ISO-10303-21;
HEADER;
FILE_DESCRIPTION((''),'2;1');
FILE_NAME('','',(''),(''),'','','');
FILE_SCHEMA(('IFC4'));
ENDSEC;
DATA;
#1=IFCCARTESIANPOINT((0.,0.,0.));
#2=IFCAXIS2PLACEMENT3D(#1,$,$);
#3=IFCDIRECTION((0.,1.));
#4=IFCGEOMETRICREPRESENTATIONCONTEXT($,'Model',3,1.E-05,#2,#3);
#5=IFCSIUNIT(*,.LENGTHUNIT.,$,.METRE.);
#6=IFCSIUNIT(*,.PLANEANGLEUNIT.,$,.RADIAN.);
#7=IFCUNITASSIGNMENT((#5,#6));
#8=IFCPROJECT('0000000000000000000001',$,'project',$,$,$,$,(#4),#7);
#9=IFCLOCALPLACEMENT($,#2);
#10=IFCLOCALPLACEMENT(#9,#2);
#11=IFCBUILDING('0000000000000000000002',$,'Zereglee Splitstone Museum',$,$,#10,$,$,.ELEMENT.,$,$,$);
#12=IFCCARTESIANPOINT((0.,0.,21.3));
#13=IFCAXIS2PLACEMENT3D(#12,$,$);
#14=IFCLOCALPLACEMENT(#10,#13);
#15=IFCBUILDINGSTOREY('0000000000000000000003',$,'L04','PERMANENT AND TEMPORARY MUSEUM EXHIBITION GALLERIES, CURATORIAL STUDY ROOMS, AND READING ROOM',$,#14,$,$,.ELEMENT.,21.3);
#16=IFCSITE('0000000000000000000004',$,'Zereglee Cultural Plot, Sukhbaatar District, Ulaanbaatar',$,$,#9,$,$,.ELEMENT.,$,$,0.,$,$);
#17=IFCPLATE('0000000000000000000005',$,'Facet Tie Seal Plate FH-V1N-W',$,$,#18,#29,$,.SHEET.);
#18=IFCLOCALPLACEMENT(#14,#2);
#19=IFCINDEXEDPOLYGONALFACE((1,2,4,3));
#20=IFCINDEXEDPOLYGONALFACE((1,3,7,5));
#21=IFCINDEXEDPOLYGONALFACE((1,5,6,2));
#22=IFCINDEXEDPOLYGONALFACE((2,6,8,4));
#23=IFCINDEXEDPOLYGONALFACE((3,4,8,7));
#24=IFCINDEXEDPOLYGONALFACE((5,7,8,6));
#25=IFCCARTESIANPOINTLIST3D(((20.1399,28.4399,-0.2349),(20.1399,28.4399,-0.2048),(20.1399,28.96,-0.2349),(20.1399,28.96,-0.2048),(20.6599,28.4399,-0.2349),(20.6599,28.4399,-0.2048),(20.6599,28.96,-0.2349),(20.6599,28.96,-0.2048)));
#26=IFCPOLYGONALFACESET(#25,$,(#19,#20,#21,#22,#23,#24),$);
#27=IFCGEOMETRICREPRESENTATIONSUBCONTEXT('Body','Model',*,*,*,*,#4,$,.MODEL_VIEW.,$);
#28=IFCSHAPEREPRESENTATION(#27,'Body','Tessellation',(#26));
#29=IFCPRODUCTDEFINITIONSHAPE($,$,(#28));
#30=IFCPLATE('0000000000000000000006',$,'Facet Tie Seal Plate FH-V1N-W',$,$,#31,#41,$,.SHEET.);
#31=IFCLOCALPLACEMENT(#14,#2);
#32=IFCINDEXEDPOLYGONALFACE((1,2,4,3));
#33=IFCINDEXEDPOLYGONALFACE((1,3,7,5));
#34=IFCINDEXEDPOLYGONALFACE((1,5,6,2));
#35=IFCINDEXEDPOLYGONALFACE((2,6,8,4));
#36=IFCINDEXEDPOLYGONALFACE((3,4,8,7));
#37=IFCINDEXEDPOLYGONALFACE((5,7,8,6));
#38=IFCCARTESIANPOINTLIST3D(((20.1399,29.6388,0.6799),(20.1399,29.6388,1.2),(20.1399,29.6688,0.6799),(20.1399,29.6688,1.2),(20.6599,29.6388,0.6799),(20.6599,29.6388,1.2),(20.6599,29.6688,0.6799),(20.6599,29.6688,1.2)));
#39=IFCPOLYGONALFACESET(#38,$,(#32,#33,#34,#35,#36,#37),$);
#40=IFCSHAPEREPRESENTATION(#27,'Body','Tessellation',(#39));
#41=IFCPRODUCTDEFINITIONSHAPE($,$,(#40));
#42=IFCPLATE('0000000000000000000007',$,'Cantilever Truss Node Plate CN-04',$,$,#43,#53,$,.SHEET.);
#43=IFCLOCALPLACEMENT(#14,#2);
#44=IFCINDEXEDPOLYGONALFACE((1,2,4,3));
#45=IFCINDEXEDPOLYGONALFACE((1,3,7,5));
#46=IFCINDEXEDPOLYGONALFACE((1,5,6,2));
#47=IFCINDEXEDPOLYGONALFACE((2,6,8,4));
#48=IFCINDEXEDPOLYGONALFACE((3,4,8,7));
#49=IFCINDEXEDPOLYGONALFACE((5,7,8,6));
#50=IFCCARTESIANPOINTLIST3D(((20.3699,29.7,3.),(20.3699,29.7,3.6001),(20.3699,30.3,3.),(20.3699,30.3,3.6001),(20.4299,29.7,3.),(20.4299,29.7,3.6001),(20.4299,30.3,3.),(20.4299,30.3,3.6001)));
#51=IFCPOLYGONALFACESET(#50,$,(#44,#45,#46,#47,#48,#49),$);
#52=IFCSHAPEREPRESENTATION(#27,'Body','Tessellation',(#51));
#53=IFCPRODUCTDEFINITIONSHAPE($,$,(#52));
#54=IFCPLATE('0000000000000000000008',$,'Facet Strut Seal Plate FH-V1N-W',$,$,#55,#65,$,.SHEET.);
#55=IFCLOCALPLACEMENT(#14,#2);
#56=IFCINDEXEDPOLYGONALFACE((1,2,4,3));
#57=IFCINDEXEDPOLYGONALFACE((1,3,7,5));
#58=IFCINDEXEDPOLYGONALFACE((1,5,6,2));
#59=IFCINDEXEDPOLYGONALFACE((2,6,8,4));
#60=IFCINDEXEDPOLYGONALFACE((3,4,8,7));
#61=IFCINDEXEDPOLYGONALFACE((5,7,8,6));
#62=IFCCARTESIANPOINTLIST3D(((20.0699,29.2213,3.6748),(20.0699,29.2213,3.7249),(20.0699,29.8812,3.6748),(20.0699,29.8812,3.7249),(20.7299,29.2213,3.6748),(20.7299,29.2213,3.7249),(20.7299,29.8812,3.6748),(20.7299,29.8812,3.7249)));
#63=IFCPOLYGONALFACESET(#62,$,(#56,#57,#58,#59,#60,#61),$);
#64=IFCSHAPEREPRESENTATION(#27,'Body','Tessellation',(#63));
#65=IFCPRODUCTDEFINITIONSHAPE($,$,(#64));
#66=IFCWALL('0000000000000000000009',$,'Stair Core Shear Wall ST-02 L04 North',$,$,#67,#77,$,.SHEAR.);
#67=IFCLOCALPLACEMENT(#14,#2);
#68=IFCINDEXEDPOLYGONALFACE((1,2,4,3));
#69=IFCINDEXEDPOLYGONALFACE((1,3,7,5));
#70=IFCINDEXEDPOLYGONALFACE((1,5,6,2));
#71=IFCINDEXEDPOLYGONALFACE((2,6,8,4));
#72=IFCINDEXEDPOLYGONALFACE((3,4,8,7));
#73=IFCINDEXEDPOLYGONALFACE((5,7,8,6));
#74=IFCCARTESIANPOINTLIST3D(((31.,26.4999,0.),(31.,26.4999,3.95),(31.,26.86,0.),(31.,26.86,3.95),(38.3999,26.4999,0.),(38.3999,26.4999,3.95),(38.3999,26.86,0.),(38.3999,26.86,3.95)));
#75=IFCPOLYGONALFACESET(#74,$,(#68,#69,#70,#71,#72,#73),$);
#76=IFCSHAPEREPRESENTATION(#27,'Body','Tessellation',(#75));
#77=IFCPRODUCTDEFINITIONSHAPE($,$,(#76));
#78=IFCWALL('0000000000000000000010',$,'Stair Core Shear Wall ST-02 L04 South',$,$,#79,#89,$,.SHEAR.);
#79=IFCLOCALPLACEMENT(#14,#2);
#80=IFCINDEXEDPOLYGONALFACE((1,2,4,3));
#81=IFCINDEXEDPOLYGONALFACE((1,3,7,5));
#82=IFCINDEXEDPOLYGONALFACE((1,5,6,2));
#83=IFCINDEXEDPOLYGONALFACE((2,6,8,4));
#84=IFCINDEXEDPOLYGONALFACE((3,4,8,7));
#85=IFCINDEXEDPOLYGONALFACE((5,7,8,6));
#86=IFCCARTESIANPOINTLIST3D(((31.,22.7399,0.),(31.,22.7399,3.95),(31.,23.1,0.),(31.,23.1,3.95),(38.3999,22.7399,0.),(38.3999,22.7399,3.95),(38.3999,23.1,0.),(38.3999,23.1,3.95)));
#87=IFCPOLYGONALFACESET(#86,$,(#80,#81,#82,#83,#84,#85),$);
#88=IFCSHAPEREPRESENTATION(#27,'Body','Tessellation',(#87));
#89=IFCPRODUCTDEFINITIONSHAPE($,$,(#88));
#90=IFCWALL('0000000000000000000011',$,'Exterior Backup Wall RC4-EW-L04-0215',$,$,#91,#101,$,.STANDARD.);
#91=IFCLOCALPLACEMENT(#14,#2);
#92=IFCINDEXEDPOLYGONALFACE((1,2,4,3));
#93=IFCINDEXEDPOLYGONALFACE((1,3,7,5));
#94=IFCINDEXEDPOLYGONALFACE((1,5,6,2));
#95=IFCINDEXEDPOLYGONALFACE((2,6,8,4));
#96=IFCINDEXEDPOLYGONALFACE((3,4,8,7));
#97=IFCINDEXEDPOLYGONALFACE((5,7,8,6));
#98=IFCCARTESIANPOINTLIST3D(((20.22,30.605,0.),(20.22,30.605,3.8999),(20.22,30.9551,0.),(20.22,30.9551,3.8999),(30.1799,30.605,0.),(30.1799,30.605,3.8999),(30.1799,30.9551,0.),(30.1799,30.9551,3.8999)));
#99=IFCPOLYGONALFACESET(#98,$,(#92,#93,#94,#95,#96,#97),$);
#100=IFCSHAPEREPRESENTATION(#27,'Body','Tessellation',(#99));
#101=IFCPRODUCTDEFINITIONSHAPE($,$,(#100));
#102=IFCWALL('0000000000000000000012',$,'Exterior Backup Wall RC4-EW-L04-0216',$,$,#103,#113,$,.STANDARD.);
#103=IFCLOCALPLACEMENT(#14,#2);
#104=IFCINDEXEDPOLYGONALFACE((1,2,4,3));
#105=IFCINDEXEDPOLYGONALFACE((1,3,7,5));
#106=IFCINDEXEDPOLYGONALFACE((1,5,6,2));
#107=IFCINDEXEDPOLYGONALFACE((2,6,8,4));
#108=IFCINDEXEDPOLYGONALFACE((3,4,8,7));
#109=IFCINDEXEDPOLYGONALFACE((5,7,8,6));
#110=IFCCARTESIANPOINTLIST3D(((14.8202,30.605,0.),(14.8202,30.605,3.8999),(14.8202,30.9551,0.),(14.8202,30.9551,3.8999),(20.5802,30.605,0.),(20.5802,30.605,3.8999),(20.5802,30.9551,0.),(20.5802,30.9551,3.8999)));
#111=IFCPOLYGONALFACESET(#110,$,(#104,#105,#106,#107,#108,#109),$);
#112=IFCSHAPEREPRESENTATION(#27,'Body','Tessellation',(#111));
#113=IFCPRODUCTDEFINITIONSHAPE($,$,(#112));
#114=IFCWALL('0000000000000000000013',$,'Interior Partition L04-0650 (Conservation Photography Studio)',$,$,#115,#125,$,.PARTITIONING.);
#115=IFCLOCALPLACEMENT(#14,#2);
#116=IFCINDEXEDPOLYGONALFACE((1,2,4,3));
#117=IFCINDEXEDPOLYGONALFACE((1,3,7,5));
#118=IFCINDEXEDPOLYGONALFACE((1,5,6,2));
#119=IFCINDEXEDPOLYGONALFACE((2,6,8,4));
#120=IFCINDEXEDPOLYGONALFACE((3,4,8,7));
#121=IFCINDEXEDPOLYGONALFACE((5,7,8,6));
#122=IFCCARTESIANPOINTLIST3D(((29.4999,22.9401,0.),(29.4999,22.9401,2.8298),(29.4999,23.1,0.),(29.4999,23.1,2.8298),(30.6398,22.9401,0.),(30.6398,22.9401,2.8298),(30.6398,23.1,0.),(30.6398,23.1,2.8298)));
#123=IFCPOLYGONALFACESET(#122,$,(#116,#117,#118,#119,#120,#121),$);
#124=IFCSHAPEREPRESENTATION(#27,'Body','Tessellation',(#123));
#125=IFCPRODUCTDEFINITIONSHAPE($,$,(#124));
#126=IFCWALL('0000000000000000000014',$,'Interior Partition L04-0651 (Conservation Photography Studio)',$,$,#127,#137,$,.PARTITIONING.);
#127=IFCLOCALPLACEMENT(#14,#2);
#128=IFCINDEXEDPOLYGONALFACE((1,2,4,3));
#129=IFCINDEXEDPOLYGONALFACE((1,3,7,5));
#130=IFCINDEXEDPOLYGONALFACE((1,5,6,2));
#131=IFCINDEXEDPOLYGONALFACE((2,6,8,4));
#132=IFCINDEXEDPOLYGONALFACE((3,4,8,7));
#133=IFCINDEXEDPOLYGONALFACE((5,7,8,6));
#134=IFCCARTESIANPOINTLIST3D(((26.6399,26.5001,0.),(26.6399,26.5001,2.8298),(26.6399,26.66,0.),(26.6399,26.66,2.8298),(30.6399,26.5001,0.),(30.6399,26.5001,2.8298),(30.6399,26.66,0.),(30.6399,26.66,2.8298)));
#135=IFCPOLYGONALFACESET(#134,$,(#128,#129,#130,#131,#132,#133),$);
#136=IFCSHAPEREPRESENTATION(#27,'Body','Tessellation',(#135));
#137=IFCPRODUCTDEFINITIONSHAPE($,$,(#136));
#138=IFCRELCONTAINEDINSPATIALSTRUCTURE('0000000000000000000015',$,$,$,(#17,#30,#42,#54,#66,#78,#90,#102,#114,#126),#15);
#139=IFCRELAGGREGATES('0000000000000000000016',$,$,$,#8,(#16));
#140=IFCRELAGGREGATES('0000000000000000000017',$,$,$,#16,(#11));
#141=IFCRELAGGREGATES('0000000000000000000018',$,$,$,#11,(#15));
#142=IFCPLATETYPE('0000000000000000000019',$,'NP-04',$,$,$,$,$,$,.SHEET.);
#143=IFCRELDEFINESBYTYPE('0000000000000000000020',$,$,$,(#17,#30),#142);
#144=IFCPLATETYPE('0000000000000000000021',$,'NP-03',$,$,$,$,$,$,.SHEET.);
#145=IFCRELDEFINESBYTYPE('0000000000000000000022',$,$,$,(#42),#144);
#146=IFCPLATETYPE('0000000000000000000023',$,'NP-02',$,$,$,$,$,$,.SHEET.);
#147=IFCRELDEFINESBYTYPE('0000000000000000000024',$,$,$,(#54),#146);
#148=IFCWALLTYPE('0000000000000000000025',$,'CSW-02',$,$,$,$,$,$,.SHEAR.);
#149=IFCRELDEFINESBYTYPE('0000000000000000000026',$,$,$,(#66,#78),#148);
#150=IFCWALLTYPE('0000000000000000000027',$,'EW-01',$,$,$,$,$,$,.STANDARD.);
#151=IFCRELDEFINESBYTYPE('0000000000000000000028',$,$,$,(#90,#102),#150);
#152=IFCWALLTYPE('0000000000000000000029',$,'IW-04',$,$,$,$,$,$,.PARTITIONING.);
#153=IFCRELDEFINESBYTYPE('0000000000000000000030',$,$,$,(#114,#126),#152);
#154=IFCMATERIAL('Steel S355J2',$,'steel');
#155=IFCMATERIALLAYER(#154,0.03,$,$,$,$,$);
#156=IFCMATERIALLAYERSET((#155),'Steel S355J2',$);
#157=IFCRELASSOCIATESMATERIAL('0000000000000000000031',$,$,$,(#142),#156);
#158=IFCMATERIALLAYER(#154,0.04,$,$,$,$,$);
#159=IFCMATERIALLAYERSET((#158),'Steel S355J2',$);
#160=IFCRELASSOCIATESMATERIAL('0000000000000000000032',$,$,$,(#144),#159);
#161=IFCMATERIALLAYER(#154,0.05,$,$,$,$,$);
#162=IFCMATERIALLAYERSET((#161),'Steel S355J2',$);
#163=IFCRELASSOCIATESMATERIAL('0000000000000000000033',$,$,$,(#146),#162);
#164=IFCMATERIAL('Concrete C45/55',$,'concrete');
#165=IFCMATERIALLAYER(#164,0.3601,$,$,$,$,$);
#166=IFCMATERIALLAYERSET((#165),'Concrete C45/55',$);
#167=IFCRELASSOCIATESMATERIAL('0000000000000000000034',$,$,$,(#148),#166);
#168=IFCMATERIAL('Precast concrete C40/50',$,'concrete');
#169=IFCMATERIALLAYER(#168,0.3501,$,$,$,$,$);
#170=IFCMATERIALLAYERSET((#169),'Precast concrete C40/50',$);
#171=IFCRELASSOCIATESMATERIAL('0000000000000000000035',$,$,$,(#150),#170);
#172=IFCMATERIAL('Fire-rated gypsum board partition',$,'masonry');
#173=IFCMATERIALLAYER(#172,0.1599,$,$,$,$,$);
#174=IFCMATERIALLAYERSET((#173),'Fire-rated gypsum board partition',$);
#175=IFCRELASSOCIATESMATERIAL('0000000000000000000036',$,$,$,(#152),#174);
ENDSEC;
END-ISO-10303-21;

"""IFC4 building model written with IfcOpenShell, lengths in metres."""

from ifc_helpers import new_model, si_unit, direction, frame, frame_2d, origin, origin_2d, place, context, subcontext, project, spatial, rectangle, extrude, material, layer, layer_set, type_object, element, save


model = new_model("IFC4")

# Units and contexts
model_context = context("Model", 3, precision=1e-05, world=origin(), true_north=direction((0.0, 1.0)))
body_context = subcontext(model_context, "Body", "Model", "MODEL_VIEW")
ifc_project = project(units=[si_unit("LENGTHUNIT", "METRE"), si_unit("PLANEANGLEUNIT", "RADIAN")], contexts=[model_context])

# Site, building, storey
site_placement = place(None, origin())
site = spatial("IfcSite", under=ifc_project, at=site_placement, Name="Zereglee Cultural Plot, Sukhbaatar District, Ulaanbaatar", CompositionType="ELEMENT", RefElevation=0.0)
building_placement = place(site_placement, origin())
building = spatial("IfcBuilding", under=site, at=building_placement, Name="Zereglee Splitstone Museum", CompositionType="ELEMENT")
storey_placement = place(building_placement, frame((0.0, 0.0, 21.3)))
storey = spatial("IfcBuildingStorey", under=building, at=storey_placement, Name="L04", Description="PERMANENT AND TEMPORARY MUSEUM EXHIBITION GALLERIES, CURATORIAL STUDY ROOMS, AND READING ROOM", CompositionType="ELEMENT", Elevation=21.3)

# Shared definitions
ifc_material_1 = material(Name="Steel S355J2", Category="steel")

# Plates
ifc_layer_1 = layer(ifc_material_1, 0.03)
ifc_layer_set_1 = layer_set([ifc_layer_1], Name="Steel S355J2")
plate_type_1 = type_object("IfcPlateType", Name="NP-04", PredefinedType="SHEET", material=ifc_layer_set_1)
plate_1_placement = place(storey_placement, frame((20.3999, 28.7, -0.2349), z_axis=(0.0, 0.0, 1.0), x_axis=(1.0, 0.0, 0.0)))
element("IfcPlate", 1, at=plate_1_placement, inside=storey, type_object=plate_type_1, Name="Facet Tie Seal Plate FH-V1N-W", PredefinedType="SHEET", context=body_context, shape_type="SweptSolid", body=[
    extrude(rectangle(XDim=0.52, YDim=0.52, at=origin_2d()), origin(), (0.0, 0.0, 1.0), 0.03),
])
plate_2_placement = place(storey_placement, frame((20.3999, 29.6538, 0.6799), z_axis=(0.0, 0.0, 1.0), x_axis=(1.0, 0.0, 0.0)))
element("IfcPlate", 2, at=plate_2_placement, inside=storey, type_object=plate_type_1, Name="Facet Tie Seal Plate FH-V1N-W", PredefinedType="SHEET", context=body_context, shape_type="SweptSolid", body=[
    extrude(rectangle(XDim=0.52, YDim=0.03, at=origin_2d()), origin(), (0.0, 0.0, 1.0), 0.52),
])
ifc_layer_2 = layer(ifc_material_1, 0.04)
ifc_layer_set_2 = layer_set([ifc_layer_2], Name="Steel S355J2")
plate_type_2 = type_object("IfcPlateType", Name="NP-03", PredefinedType="SHEET", material=ifc_layer_set_2)
plate_3_placement = place(storey_placement, frame((20.3999, 30.0, 3.0), z_axis=(0.0, 0.0, 1.0), x_axis=(1.0, 0.0, 0.0)))
element("IfcPlate", 3, at=plate_3_placement, inside=storey, type_object=plate_type_2, Name="Cantilever Truss Node Plate CN-04", PredefinedType="SHEET", context=body_context, shape_type="SweptSolid", body=[
    extrude(rectangle(XDim=0.0601, YDim=0.6001, at=origin_2d()), origin(), (0.0, 0.0, 1.0), 0.6001),
])
ifc_layer_3 = layer(ifc_material_1, 0.05)
ifc_layer_set_3 = layer_set([ifc_layer_3], Name="Steel S355J2")
plate_type_3 = type_object("IfcPlateType", Name="NP-02", PredefinedType="SHEET", material=ifc_layer_set_3)
plate_4_placement = place(storey_placement, frame((20.3999, 29.5513, 3.6748), z_axis=(0.0, 0.0, 1.0), x_axis=(1.0, 0.0, 0.0)))
element("IfcPlate", 4, at=plate_4_placement, inside=storey, type_object=plate_type_3, Name="Facet Strut Seal Plate FH-V1N-W", PredefinedType="SHEET", context=body_context, shape_type="SweptSolid", body=[
    extrude(rectangle(XDim=0.6599, YDim=0.6599, at=origin_2d()), origin(), (0.0, 0.0, 1.0), 0.05),
])

# Shared definitions
ifc_material_2 = material(Name="Concrete C45/55", Category="concrete")
ifc_layer_4 = layer(ifc_material_2, 0.3601)
ifc_layer_set_4 = layer_set([ifc_layer_4], Name="Concrete C45/55")
wall_type_1 = type_object("IfcWallType", Name="CSW-02", PredefinedType="SHEAR", material=ifc_layer_set_4)

# Walls
for number, where, z_axis, x_axis, name in (
    (5, (31.0, 26.6799, 0.0), (0.0, 0.0, 1.0), (1.0, 0.0, 0.0), "Stair Core Shear Wall ST-02 L04 North"),
    (6, (31.0, 22.9199, 0.0), (0.0, 0.0, 1.0), (1.0, 0.0, 0.0), "Stair Core Shear Wall ST-02 L04 South"),
):
    element("IfcWall", number, at=place(storey_placement, frame(where, z_axis=z_axis, x_axis=x_axis)), inside=storey, type_object=wall_type_1, Name=name, PredefinedType="SHEAR", context=body_context, shape_type="SweptSolid", body=[
        extrude(rectangle(XDim=7.3999, YDim=0.3601, at=frame_2d((3.7, 0.0))), origin(), (0.0, 0.0, 1.0), 3.95),
    ])
ifc_material_3 = material(Name="Precast concrete C40/50", Category="concrete")
ifc_layer_5 = layer(ifc_material_3, 0.3501)
ifc_layer_set_5 = layer_set([ifc_layer_5], Name="Precast concrete C40/50")
wall_type_2 = type_object("IfcWallType", Name="EW-01", PredefinedType="STANDARD", material=ifc_layer_set_5)
wall_1_placement = place(storey_placement, frame((30.1799, 30.78, 0.0), z_axis=(0.0, 0.0, 1.0), x_axis=(-1.0, 0.0, 0.0)))
element("IfcWall", 7, at=wall_1_placement, inside=storey, type_object=wall_type_2, Name="Exterior Backup Wall RC4-EW-L04-0215", PredefinedType="STANDARD", context=body_context, shape_type="SweptSolid", body=[
    extrude(rectangle(XDim=9.96, YDim=0.3501, at=frame_2d((4.98, 0.0))), origin(), (0.0, 0.0, 1.0), 3.8999),
])
wall_2_placement = place(storey_placement, frame((20.5801, 30.78, 0.0), z_axis=(0.0, 0.0, 1.0), x_axis=(-1.0, 0.0, 0.0)))
element("IfcWall", 8, at=wall_2_placement, inside=storey, type_object=wall_type_2, Name="Exterior Backup Wall RC4-EW-L04-0216", PredefinedType="STANDARD", context=body_context, shape_type="SweptSolid", body=[
    extrude(rectangle(XDim=5.76, YDim=0.3501, at=frame_2d((2.8799, 0.0))), origin(), (0.0, 0.0, 1.0), 3.8999),
])
ifc_material_4 = material(Name="Fire-rated gypsum board partition", Category="masonry")
ifc_layer_6 = layer(ifc_material_4, 0.1599)
ifc_layer_set_6 = layer_set([ifc_layer_6], Name="Fire-rated gypsum board partition")
wall_type_3 = type_object("IfcWallType", Name="IW-04", PredefinedType="PARTITIONING", material=ifc_layer_set_6)
wall_3_placement = place(storey_placement, frame((29.5, 23.02, 0.0), z_axis=(0.0, 0.0, 1.0), x_axis=(1.0, 0.0, 0.0)))
element("IfcWall", 9, at=wall_3_placement, inside=storey, type_object=wall_type_3, Name="Interior Partition L04-0650 (Conservation Photography Studio)", PredefinedType="PARTITIONING", context=body_context, shape_type="SweptSolid", body=[
    extrude(rectangle(XDim=1.1399, YDim=0.1599, at=frame_2d((0.5698, 0.0))), origin(), (0.0, 0.0, 1.0), 2.8298),
])
wall_4_placement = place(storey_placement, frame((26.6399, 26.5801, 0.0), z_axis=(0.0, 0.0, 1.0), x_axis=(1.0, 0.0, 0.0)))
element("IfcWall", 10, at=wall_4_placement, inside=storey, type_object=wall_type_3, Name="Interior Partition L04-0651 (Conservation Photography Studio)", PredefinedType="PARTITIONING", context=body_context, shape_type="SweptSolid", body=[
    extrude(rectangle(XDim=4.0, YDim=0.1599, at=frame_2d((2.0, 0.0))), origin(), (0.0, 0.0, 1.0), 2.8298),
])

save(model, "model.ifc")
